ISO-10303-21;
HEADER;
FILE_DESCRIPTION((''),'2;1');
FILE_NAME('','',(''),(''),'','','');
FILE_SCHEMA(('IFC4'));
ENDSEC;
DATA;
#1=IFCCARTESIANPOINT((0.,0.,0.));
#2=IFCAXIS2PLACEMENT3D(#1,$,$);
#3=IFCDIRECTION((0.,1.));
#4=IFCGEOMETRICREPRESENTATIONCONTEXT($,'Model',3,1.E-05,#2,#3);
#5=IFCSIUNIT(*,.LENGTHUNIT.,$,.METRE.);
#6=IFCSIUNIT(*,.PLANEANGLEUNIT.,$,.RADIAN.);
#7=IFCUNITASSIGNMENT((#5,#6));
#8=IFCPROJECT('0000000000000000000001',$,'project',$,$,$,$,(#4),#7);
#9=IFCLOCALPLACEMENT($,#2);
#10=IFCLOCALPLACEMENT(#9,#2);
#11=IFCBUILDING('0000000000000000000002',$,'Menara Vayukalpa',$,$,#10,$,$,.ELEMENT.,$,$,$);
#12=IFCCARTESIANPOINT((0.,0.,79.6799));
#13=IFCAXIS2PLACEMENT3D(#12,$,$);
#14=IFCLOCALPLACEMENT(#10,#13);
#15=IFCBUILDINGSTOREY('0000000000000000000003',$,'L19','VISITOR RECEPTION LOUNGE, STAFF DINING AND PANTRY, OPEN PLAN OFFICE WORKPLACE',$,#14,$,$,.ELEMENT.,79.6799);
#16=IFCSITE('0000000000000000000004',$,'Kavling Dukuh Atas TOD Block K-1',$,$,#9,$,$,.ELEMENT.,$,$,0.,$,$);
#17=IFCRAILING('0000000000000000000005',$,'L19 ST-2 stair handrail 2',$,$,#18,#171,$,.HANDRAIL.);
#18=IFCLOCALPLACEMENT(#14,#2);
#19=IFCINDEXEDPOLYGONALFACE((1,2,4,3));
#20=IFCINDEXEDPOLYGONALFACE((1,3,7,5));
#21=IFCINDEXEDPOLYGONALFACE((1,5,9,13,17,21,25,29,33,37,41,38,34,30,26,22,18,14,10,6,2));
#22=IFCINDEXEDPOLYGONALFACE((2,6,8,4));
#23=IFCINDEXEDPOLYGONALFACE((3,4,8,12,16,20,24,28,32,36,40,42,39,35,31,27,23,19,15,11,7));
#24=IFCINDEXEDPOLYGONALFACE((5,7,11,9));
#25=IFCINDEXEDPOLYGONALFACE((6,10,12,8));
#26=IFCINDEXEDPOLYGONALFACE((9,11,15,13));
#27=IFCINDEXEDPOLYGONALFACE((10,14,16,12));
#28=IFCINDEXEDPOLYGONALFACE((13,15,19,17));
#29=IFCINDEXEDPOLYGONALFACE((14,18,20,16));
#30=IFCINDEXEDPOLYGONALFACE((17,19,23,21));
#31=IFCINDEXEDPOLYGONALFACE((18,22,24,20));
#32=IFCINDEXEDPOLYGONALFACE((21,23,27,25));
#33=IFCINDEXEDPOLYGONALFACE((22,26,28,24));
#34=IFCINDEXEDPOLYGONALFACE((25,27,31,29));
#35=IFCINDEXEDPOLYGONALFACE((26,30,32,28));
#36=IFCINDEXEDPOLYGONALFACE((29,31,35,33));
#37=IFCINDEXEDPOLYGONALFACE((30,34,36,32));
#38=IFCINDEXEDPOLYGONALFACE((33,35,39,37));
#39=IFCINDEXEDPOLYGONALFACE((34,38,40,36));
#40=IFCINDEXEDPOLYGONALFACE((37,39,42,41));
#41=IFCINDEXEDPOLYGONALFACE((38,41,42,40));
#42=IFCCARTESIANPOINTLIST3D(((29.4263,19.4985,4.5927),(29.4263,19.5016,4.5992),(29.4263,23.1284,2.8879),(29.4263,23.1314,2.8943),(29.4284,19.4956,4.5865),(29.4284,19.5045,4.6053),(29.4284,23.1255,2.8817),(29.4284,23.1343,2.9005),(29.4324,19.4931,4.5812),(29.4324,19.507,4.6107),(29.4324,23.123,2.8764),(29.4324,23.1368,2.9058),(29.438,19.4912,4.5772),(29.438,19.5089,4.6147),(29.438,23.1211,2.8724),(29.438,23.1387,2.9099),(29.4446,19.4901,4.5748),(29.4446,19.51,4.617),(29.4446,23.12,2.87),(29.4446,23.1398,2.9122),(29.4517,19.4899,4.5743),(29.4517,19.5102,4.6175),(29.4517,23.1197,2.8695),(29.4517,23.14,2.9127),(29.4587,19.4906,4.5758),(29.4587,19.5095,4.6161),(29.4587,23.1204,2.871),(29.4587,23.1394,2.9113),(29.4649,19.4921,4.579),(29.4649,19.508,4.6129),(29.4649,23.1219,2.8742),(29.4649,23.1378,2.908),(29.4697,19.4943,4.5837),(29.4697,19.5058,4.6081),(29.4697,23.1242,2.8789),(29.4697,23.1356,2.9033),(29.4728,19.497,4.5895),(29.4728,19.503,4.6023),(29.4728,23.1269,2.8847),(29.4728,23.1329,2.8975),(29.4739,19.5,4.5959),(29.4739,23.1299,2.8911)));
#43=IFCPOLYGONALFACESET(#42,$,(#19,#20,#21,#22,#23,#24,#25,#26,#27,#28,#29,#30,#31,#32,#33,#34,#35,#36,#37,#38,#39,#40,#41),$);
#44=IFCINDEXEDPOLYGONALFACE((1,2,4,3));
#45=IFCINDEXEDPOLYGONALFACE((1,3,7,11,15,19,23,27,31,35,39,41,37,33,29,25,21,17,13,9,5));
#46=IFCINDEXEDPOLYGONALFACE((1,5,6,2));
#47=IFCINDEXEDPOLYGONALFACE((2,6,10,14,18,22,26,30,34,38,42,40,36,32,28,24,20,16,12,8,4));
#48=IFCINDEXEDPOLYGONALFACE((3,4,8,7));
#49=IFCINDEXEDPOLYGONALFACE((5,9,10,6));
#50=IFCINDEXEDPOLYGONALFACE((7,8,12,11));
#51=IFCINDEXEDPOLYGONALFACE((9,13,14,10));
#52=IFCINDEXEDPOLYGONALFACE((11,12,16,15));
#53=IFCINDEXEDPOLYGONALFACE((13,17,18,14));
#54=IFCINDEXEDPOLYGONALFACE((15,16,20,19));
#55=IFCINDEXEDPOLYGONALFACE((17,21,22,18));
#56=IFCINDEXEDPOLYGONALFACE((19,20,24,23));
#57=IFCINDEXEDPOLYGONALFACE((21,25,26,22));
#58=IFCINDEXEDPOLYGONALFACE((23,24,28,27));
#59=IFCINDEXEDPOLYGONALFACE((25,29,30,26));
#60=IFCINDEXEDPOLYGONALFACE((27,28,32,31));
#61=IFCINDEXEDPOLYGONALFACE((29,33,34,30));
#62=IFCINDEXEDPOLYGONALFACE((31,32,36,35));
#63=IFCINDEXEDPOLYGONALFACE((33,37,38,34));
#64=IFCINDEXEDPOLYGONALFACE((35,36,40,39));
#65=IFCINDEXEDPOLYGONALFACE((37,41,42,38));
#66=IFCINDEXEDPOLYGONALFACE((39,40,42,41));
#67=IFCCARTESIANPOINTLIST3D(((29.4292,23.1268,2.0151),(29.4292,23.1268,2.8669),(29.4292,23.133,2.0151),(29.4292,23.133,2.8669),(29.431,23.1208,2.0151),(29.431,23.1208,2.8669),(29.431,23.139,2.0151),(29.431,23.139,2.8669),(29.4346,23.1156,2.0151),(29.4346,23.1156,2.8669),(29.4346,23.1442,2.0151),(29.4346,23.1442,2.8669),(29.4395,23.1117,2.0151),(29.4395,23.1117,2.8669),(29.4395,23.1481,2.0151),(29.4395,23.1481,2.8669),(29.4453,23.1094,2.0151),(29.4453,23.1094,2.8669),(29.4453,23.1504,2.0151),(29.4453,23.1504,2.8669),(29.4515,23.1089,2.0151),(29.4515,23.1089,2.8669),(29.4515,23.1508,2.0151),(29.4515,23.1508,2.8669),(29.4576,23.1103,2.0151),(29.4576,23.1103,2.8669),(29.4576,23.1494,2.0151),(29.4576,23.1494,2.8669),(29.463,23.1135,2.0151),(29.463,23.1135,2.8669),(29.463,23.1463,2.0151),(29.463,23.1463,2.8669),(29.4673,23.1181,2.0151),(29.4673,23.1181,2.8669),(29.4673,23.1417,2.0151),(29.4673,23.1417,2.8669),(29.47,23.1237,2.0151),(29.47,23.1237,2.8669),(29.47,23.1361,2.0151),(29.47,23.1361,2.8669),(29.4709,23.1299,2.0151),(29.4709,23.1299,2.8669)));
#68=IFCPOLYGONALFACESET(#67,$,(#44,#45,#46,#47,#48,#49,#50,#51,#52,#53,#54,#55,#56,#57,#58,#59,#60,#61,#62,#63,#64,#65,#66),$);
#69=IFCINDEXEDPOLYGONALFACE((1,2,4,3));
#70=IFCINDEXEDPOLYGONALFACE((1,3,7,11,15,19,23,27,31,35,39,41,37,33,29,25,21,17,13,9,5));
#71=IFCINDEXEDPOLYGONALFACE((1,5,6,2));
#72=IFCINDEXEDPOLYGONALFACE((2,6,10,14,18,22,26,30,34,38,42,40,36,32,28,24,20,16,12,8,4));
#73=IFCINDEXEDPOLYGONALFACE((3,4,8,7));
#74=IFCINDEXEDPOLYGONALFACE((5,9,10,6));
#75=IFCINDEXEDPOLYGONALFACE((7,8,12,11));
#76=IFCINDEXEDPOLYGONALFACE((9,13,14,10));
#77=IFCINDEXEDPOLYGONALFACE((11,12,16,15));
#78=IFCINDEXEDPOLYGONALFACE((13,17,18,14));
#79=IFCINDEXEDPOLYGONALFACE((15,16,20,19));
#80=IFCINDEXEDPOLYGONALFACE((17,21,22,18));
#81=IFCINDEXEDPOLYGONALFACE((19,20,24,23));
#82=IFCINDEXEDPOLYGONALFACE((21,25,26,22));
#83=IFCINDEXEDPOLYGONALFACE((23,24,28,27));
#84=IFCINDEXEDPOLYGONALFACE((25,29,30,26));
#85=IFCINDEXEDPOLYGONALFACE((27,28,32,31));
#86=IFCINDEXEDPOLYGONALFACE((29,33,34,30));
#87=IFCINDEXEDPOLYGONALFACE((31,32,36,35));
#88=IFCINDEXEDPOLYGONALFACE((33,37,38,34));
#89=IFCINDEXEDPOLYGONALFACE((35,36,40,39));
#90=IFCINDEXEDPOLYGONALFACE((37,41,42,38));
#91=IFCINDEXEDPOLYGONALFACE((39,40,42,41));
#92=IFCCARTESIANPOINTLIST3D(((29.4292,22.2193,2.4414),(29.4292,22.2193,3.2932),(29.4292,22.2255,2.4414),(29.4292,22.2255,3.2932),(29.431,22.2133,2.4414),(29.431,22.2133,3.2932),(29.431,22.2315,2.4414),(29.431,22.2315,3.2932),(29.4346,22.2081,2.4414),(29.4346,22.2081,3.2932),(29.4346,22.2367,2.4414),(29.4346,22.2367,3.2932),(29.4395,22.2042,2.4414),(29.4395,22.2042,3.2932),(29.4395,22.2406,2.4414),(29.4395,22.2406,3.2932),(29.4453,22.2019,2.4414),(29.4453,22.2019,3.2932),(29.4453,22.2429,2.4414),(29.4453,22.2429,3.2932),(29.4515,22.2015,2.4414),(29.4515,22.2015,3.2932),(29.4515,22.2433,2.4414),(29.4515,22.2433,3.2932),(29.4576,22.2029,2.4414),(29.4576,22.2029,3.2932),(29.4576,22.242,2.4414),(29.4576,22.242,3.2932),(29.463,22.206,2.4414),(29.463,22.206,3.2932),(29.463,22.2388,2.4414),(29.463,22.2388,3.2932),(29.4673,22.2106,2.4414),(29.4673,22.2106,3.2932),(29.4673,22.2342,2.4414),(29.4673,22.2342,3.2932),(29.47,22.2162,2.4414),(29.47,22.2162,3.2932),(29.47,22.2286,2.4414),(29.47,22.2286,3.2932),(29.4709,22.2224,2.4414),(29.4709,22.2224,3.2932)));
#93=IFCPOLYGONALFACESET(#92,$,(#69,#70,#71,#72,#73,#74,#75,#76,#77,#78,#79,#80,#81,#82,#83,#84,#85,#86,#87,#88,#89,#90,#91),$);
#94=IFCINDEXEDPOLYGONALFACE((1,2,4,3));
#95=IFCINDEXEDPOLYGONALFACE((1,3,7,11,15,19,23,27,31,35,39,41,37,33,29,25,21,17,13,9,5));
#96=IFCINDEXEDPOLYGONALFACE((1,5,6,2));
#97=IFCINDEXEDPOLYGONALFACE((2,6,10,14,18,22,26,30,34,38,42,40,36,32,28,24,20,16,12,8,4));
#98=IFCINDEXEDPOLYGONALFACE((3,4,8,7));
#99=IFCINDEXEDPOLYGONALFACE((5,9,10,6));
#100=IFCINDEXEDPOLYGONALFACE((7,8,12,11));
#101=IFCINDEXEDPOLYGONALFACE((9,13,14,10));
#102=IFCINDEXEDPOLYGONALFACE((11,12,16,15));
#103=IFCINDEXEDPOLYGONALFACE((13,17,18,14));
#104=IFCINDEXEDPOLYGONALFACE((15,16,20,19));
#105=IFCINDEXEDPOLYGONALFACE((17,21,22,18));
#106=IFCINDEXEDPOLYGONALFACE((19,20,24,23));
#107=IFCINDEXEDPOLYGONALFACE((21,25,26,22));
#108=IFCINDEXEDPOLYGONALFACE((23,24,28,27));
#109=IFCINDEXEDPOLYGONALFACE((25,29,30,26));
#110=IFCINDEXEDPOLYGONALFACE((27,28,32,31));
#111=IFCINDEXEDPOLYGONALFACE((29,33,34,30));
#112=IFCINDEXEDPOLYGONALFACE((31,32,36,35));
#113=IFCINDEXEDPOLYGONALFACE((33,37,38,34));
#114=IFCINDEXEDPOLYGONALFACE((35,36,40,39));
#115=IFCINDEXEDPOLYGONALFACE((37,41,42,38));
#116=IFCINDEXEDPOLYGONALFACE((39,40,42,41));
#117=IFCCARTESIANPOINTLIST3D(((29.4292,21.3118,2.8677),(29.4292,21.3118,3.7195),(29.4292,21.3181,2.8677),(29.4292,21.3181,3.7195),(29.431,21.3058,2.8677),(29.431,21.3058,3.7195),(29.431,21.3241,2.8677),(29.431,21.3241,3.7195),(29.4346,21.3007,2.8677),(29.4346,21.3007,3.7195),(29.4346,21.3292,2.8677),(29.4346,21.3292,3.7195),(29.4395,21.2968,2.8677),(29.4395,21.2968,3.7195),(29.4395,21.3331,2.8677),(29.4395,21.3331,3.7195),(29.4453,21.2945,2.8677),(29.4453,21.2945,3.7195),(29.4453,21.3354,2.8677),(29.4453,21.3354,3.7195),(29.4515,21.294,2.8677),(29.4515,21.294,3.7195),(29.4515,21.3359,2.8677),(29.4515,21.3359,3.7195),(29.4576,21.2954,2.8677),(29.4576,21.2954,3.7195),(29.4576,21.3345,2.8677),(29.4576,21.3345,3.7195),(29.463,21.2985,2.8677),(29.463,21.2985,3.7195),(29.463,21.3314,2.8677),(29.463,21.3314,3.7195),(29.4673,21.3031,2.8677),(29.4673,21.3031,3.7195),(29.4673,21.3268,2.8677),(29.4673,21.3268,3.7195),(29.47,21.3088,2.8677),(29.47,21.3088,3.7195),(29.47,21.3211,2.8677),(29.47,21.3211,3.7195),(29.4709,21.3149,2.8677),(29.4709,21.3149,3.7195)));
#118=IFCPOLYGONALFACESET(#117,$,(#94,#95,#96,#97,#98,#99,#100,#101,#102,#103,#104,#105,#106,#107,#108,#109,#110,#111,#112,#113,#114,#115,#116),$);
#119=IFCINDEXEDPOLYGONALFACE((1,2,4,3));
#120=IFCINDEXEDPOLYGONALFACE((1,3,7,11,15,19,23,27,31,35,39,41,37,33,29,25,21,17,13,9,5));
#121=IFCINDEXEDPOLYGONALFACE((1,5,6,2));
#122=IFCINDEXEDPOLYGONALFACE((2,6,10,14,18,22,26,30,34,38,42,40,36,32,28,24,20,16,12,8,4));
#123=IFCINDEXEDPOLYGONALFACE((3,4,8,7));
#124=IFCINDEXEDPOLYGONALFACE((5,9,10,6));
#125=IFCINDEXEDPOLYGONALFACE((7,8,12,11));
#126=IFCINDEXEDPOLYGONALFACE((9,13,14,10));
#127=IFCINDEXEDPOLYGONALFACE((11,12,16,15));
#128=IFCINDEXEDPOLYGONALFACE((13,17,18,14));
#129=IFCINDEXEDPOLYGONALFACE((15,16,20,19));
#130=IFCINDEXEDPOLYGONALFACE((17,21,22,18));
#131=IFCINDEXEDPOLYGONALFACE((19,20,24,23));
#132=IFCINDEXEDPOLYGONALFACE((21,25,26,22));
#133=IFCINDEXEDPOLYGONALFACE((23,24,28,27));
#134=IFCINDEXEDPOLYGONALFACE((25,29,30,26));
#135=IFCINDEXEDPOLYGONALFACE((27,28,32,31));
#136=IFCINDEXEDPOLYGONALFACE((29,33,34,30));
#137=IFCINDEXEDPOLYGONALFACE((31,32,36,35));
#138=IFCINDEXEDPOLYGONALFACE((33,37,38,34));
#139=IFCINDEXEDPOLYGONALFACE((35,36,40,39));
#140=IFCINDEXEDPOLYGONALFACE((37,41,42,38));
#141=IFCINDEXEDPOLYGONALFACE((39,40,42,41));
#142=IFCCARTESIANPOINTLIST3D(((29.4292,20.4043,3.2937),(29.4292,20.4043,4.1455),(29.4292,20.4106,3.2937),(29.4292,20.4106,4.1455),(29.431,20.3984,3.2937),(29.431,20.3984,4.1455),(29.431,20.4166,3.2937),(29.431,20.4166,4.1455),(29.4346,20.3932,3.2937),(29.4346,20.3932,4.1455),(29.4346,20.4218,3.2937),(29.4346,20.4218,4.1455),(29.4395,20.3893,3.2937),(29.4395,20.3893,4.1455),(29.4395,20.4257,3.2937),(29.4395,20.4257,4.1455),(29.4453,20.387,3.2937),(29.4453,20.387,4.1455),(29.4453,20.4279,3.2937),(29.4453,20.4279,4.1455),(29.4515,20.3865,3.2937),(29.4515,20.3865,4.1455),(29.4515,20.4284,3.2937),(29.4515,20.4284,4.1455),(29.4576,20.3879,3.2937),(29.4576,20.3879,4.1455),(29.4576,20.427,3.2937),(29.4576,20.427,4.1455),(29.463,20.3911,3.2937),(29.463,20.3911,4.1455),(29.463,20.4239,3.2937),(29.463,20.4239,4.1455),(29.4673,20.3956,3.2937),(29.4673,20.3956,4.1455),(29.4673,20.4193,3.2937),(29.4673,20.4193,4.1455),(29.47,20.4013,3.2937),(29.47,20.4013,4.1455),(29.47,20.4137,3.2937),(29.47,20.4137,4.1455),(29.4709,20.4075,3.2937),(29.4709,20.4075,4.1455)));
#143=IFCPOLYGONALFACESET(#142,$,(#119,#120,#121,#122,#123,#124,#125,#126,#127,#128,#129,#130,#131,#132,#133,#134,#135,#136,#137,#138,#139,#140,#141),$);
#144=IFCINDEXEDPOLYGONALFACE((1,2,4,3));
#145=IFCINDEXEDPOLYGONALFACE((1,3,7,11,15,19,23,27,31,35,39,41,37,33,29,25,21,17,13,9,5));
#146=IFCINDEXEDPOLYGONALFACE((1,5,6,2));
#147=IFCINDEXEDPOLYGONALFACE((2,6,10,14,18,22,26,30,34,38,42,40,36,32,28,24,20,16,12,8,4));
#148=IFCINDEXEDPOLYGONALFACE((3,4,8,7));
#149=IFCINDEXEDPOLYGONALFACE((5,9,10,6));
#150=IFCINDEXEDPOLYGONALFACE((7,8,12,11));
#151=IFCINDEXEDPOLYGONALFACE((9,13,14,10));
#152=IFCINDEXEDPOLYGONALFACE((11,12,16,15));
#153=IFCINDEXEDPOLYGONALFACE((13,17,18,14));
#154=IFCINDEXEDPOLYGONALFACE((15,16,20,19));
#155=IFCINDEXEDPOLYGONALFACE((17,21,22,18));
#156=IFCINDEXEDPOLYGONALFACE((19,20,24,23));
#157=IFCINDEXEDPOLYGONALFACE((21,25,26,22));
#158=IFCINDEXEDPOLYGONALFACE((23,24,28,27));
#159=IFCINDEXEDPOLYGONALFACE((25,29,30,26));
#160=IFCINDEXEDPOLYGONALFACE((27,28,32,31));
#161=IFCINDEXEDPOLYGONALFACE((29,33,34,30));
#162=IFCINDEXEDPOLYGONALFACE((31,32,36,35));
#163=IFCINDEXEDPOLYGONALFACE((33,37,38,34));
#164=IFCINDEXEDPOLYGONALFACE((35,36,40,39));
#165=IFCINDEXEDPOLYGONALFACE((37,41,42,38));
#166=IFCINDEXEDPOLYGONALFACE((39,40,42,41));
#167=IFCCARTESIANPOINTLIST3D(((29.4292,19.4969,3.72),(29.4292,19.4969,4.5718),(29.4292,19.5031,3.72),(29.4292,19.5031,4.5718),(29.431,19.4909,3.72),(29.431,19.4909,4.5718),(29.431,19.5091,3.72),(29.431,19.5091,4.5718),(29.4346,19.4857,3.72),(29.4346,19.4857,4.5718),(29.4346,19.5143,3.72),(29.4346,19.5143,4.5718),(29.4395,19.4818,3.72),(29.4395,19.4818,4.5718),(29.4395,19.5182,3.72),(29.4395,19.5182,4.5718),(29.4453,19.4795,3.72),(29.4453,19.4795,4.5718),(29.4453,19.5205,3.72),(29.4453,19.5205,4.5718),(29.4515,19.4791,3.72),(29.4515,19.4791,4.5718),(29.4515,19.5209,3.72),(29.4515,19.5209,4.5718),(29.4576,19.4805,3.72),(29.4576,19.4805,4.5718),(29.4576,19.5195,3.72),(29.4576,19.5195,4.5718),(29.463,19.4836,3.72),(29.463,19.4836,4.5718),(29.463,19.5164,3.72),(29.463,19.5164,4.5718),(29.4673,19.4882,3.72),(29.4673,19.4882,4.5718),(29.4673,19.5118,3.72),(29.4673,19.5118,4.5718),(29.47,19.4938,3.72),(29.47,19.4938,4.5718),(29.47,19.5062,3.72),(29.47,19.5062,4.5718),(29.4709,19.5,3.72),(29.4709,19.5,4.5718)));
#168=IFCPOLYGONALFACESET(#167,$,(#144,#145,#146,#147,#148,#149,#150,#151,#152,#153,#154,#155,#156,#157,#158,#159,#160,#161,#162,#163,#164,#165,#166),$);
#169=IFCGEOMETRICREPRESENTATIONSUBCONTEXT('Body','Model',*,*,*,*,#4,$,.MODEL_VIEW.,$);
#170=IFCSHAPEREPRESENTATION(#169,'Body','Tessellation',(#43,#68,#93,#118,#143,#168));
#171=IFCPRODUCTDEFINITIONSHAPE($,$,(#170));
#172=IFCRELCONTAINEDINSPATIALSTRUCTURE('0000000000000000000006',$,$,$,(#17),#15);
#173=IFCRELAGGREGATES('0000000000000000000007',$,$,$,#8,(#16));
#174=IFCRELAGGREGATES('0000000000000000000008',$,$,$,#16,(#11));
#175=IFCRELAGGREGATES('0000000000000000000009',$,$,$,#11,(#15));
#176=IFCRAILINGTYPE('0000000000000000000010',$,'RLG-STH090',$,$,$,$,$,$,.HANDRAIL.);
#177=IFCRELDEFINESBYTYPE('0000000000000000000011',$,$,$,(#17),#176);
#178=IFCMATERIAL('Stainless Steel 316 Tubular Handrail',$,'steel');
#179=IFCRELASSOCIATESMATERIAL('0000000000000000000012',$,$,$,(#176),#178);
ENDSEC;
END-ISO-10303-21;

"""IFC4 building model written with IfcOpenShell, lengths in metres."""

from ifc_helpers import new_model, si_unit, direction, frame, origin, origin_2d, place, context, subcontext, project, spatial, circle, extrude, material, type_object, element, save


model = new_model("IFC4")

# Units and contexts
model_context = context("Model", 3, precision=1e-05, world=origin(), true_north=direction((0.0, 1.0)))
body_context = subcontext(model_context, "Body", "Model", "MODEL_VIEW")
ifc_project = project(units=[si_unit("LENGTHUNIT", "METRE"), si_unit("PLANEANGLEUNIT", "RADIAN")], contexts=[model_context])

# Site, building, storey
site_placement = place(None, origin())
site = spatial("IfcSite", under=ifc_project, at=site_placement, Name="Kavling Dukuh Atas TOD Block K-1", CompositionType="ELEMENT", RefElevation=0.0)
building_placement = place(site_placement, origin())
building = spatial("IfcBuilding", under=site, at=building_placement, Name="Menara Vayukalpa", CompositionType="ELEMENT")
storey_placement = place(building_placement, frame((0.0, 0.0, 79.6799)))
storey = spatial("IfcBuildingStorey", under=building, at=storey_placement, Name="L19", Description="VISITOR RECEPTION LOUNGE, STAFF DINING AND PANTRY, OPEN PLAN OFFICE WORKPLACE", CompositionType="ELEMENT", Elevation=79.6799)

# Railing
ifc_material_1 = material(Name="Stainless Steel 316 Tubular Handrail", Category="steel")
railing_type_1 = type_object("IfcRailingType", Name="RLG-STH090", PredefinedType="HANDRAIL", material=ifc_material_1)
railing_1_placement = place(storey_placement, frame((29.45, 23.1299, 2.0151)))
element("IfcRailing", 1, at=railing_1_placement, inside=storey, type_object=railing_type_1, Name="L19 ST-2 stair handrail 2", PredefinedType="HANDRAIL", context=body_context, shape_type="SweptSolid", body=[
    extrude(circle(Radius=0.0239, at=origin_2d()), frame((0.0, 0.0, 0.876), z_axis=(0.0, -0.90514, 0.425114), x_axis=(1.0, 0.0, 0.0)), (0.0, 0.0, 1.0), 4.0103),
    extrude(circle(Radius=0.021, at=origin_2d()), origin(), (0.0, 0.0, 1.0), 0.8518),
    extrude(circle(Radius=0.021, at=origin_2d()), frame((0.0, -0.9075, 0.4263)), (0.0, 0.0, 1.0), 0.8518),
    extrude(circle(Radius=0.021, at=origin_2d()), frame((0.0, -1.8149, 0.8525)), (0.0, 0.0, 1.0), 0.8518),
    extrude(circle(Radius=0.021, at=origin_2d()), frame((0.0, -2.7224, 1.2786)), (0.0, 0.0, 1.0), 0.8518),
    extrude(circle(Radius=0.021, at=origin_2d()), frame((0.0, -3.6299, 1.7048)), (0.0, 0.0, 1.0), 0.8518),
])

save(model, "model.ifc")
